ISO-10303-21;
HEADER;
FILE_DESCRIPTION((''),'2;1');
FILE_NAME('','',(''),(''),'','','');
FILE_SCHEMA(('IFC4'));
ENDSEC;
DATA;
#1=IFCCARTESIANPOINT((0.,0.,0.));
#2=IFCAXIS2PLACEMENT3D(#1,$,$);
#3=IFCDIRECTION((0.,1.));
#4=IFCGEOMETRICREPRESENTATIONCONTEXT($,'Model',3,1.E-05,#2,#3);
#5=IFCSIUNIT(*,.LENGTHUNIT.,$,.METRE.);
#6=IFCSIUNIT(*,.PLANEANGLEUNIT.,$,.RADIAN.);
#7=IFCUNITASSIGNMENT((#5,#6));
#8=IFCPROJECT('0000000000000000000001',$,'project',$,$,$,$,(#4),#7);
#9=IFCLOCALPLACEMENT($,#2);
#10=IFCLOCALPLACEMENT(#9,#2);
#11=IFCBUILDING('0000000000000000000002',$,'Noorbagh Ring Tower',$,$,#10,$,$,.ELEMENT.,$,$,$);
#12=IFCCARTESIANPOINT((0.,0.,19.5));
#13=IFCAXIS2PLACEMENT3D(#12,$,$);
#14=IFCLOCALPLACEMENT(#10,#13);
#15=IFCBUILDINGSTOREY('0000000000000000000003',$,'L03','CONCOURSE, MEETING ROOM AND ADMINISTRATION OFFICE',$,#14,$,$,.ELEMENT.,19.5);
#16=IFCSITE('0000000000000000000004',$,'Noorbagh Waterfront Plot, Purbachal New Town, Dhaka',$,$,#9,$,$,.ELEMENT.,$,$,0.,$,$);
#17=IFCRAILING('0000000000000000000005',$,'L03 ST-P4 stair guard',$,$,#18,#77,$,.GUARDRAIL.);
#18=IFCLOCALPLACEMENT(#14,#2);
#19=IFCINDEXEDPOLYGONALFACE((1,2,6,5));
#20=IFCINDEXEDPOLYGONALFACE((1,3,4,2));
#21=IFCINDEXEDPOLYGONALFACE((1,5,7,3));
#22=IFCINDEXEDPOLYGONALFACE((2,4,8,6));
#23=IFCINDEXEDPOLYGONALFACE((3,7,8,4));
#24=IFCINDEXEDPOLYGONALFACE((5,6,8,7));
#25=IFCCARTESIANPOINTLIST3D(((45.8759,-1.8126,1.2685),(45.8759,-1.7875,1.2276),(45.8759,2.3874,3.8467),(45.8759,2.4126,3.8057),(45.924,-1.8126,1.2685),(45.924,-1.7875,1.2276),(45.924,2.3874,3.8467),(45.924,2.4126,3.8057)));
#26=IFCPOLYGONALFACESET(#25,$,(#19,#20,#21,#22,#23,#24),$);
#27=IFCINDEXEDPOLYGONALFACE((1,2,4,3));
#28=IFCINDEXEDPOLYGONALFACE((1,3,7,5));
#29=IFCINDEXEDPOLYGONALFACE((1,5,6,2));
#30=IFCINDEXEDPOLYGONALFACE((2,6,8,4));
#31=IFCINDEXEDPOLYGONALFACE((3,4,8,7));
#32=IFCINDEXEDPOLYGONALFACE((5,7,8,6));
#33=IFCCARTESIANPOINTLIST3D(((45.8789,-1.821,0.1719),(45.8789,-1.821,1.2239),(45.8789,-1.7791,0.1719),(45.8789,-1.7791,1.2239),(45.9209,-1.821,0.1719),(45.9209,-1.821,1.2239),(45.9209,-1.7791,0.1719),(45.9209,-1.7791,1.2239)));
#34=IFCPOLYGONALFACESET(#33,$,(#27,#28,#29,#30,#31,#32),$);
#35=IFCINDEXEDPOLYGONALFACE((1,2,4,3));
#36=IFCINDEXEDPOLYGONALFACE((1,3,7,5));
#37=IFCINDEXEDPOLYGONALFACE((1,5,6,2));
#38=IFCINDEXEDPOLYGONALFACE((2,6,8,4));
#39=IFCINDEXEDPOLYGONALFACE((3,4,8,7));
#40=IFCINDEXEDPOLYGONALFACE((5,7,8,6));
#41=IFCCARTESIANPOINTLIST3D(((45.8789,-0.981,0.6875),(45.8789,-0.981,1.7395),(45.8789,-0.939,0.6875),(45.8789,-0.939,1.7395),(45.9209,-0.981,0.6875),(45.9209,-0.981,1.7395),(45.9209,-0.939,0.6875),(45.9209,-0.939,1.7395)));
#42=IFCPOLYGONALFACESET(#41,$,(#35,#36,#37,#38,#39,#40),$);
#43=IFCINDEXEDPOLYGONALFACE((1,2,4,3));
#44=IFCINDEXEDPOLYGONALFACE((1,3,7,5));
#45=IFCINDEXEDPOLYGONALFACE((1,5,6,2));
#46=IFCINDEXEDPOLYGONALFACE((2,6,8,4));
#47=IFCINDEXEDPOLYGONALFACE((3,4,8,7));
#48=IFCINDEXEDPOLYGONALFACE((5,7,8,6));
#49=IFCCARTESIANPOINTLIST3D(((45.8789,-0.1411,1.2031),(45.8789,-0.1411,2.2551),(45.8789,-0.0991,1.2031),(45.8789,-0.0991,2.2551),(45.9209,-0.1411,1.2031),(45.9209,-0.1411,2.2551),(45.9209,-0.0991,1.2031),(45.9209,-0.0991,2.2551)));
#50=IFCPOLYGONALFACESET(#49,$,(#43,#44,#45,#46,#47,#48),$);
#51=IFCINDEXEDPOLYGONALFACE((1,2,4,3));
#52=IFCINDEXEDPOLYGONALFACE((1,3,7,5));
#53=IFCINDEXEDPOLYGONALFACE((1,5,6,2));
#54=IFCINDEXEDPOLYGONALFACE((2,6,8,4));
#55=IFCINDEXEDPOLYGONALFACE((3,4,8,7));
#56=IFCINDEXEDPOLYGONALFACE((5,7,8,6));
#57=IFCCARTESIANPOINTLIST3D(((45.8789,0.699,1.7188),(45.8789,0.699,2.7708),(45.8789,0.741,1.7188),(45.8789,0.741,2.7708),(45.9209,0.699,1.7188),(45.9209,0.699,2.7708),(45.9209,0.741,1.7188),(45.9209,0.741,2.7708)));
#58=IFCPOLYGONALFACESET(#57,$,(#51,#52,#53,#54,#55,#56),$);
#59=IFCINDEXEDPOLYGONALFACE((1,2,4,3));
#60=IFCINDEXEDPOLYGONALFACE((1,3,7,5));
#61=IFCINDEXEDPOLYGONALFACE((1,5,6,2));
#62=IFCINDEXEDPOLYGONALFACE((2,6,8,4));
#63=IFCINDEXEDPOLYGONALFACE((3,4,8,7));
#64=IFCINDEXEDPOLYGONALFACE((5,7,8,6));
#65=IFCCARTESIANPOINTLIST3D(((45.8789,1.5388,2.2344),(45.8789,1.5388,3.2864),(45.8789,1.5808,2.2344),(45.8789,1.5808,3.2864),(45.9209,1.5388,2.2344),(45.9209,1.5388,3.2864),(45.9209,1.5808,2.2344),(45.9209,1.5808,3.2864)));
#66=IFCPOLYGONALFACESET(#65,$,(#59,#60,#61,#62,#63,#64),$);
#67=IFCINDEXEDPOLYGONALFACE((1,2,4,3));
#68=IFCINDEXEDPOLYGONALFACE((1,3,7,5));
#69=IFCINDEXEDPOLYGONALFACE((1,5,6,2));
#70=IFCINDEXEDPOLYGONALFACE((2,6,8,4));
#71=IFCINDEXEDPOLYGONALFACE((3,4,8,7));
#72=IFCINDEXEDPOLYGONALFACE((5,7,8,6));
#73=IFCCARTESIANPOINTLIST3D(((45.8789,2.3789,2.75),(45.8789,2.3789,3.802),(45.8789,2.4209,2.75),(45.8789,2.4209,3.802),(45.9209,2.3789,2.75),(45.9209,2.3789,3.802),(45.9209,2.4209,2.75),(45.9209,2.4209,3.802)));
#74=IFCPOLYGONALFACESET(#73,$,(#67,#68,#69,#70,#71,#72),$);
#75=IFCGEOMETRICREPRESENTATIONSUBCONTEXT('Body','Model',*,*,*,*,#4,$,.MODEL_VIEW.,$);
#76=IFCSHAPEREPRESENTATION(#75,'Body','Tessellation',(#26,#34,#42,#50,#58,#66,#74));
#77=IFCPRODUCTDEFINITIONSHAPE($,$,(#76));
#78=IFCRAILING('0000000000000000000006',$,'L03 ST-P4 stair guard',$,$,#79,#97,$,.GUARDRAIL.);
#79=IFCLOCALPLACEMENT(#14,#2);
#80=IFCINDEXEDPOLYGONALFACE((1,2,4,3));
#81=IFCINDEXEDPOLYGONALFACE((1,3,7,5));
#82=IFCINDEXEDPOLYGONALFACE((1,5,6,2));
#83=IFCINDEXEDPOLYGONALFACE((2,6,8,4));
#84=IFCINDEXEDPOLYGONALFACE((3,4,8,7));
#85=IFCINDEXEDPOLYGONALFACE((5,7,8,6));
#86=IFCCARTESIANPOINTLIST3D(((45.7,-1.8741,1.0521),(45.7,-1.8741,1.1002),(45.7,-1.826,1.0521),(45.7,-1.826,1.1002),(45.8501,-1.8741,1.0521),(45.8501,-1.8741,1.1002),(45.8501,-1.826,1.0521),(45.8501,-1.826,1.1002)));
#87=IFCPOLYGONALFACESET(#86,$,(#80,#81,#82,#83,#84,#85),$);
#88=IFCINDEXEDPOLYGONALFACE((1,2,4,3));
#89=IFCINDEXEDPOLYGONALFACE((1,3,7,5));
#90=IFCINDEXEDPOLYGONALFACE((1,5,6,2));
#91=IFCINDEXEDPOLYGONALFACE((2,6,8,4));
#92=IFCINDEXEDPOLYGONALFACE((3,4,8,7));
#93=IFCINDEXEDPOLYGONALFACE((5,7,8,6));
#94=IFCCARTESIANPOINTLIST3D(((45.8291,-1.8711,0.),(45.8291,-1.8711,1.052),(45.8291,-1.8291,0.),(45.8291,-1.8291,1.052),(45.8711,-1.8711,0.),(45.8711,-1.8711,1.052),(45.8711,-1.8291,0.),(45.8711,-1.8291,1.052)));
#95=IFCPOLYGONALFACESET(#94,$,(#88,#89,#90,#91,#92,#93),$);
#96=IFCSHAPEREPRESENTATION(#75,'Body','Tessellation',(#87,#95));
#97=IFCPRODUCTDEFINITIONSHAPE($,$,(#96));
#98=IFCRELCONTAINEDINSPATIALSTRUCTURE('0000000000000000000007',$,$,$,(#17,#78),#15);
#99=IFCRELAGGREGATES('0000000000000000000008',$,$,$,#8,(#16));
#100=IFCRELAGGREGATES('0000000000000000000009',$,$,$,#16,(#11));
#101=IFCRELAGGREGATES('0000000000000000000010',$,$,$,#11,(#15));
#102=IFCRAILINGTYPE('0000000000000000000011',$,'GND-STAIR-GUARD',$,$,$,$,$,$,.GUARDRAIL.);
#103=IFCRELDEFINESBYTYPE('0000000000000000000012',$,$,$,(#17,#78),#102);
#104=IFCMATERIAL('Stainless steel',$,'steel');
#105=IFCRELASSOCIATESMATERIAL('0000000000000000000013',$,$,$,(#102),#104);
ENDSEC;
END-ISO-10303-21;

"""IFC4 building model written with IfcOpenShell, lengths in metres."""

from ifc_helpers import new_model, si_unit, direction, frame, origin, origin_2d, place, context, subcontext, project, spatial, rectangle, extrude, material, type_object, element, save


model = new_model("IFC4")

# Units and contexts
model_context = context("Model", 3, precision=1e-05, world=origin(), true_north=direction((0.0, 1.0)))
body_context = subcontext(model_context, "Body", "Model", "MODEL_VIEW")
ifc_project = project(units=[si_unit("LENGTHUNIT", "METRE"), si_unit("PLANEANGLEUNIT", "RADIAN")], contexts=[model_context])

# Site, building, storey
site_placement = place(None, origin())
site = spatial("IfcSite", under=ifc_project, at=site_placement, Name="Noorbagh Waterfront Plot, Purbachal New Town, Dhaka", CompositionType="ELEMENT", RefElevation=0.0)
building_placement = place(site_placement, origin())
building = spatial("IfcBuilding", under=site, at=building_placement, Name="Noorbagh Ring Tower", CompositionType="ELEMENT")
storey_placement = place(building_placement, frame((0.0, 0.0, 19.5)))
storey = spatial("IfcBuildingStorey", under=building, at=storey_placement, Name="L03", Description="CONCOURSE, MEETING ROOM AND ADMINISTRATION OFFICE", CompositionType="ELEMENT", Elevation=19.5)

# Railings
ifc_material_1 = material(Name="Stainless steel", Category="steel")
railing_type_1 = type_object("IfcRailingType", Name="GND-STAIR-GUARD", PredefinedType="GUARDRAIL", material=ifc_material_1)
railing_1_placement = place(storey_placement, frame((45.8999, -1.8, 0.1719)))
element("IfcRailing", 1, at=railing_1_placement, inside=storey, type_object=railing_type_1, Name="L03 ST-P4 stair guard", PredefinedType="GUARDRAIL", context=body_context, shape_type="SweptSolid", body=[
    extrude(rectangle(XDim=0.0481, YDim=0.0481, at=origin_2d()), frame((0.0, 0.0, 1.0762), z_axis=(0.0, 0.852243, 0.523146), x_axis=(-1.0, 0.0, 0.0)), (0.0, 0.0, 1.0), 4.9282),
    extrude(rectangle(XDim=0.042, YDim=0.042, at=origin_2d()), origin(), (0.0, 0.0, 1.0), 1.052),
    extrude(rectangle(XDim=0.042, YDim=0.042, at=origin_2d()), frame((0.0, 0.8401, 0.5156)), (0.0, 0.0, 1.0), 1.052),
    extrude(rectangle(XDim=0.042, YDim=0.042, at=origin_2d()), frame((0.0, 1.6799, 1.0312)), (0.0, 0.0, 1.0), 1.052),
    extrude(rectangle(XDim=0.042, YDim=0.042, at=origin_2d()), frame((0.0, 2.52, 1.5469)), (0.0, 0.0, 1.0), 1.052),
    extrude(rectangle(XDim=0.042, YDim=0.042, at=origin_2d()), frame((0.0, 3.3599, 2.0625)), (0.0, 0.0, 1.0), 1.052),
    extrude(rectangle(XDim=0.042, YDim=0.042, at=origin_2d()), frame((0.0, 4.2, 2.5781)), (0.0, 0.0, 1.0), 1.052),
])
railing_2_placement = place(storey_placement, frame((45.8501, -1.8501, 0.0)))
element("IfcRailing", 2, at=railing_2_placement, inside=storey, type_object=railing_type_1, Name="L03 ST-P4 stair guard", PredefinedType="GUARDRAIL", context=body_context, shape_type="SweptSolid", body=[
    extrude(rectangle(XDim=0.0481, YDim=0.0481, at=origin_2d()), frame((0.0, 0.0, 1.0762), z_axis=(-1.0, 0.0, 0.0), x_axis=(0.0, -1.0, 0.0)), (0.0, 0.0, 1.0), 0.1501),
    extrude(rectangle(XDim=0.042, YDim=0.042, at=origin_2d()), origin(), (0.0, 0.0, 1.0), 1.052),
])

save(model, "model.ifc")
